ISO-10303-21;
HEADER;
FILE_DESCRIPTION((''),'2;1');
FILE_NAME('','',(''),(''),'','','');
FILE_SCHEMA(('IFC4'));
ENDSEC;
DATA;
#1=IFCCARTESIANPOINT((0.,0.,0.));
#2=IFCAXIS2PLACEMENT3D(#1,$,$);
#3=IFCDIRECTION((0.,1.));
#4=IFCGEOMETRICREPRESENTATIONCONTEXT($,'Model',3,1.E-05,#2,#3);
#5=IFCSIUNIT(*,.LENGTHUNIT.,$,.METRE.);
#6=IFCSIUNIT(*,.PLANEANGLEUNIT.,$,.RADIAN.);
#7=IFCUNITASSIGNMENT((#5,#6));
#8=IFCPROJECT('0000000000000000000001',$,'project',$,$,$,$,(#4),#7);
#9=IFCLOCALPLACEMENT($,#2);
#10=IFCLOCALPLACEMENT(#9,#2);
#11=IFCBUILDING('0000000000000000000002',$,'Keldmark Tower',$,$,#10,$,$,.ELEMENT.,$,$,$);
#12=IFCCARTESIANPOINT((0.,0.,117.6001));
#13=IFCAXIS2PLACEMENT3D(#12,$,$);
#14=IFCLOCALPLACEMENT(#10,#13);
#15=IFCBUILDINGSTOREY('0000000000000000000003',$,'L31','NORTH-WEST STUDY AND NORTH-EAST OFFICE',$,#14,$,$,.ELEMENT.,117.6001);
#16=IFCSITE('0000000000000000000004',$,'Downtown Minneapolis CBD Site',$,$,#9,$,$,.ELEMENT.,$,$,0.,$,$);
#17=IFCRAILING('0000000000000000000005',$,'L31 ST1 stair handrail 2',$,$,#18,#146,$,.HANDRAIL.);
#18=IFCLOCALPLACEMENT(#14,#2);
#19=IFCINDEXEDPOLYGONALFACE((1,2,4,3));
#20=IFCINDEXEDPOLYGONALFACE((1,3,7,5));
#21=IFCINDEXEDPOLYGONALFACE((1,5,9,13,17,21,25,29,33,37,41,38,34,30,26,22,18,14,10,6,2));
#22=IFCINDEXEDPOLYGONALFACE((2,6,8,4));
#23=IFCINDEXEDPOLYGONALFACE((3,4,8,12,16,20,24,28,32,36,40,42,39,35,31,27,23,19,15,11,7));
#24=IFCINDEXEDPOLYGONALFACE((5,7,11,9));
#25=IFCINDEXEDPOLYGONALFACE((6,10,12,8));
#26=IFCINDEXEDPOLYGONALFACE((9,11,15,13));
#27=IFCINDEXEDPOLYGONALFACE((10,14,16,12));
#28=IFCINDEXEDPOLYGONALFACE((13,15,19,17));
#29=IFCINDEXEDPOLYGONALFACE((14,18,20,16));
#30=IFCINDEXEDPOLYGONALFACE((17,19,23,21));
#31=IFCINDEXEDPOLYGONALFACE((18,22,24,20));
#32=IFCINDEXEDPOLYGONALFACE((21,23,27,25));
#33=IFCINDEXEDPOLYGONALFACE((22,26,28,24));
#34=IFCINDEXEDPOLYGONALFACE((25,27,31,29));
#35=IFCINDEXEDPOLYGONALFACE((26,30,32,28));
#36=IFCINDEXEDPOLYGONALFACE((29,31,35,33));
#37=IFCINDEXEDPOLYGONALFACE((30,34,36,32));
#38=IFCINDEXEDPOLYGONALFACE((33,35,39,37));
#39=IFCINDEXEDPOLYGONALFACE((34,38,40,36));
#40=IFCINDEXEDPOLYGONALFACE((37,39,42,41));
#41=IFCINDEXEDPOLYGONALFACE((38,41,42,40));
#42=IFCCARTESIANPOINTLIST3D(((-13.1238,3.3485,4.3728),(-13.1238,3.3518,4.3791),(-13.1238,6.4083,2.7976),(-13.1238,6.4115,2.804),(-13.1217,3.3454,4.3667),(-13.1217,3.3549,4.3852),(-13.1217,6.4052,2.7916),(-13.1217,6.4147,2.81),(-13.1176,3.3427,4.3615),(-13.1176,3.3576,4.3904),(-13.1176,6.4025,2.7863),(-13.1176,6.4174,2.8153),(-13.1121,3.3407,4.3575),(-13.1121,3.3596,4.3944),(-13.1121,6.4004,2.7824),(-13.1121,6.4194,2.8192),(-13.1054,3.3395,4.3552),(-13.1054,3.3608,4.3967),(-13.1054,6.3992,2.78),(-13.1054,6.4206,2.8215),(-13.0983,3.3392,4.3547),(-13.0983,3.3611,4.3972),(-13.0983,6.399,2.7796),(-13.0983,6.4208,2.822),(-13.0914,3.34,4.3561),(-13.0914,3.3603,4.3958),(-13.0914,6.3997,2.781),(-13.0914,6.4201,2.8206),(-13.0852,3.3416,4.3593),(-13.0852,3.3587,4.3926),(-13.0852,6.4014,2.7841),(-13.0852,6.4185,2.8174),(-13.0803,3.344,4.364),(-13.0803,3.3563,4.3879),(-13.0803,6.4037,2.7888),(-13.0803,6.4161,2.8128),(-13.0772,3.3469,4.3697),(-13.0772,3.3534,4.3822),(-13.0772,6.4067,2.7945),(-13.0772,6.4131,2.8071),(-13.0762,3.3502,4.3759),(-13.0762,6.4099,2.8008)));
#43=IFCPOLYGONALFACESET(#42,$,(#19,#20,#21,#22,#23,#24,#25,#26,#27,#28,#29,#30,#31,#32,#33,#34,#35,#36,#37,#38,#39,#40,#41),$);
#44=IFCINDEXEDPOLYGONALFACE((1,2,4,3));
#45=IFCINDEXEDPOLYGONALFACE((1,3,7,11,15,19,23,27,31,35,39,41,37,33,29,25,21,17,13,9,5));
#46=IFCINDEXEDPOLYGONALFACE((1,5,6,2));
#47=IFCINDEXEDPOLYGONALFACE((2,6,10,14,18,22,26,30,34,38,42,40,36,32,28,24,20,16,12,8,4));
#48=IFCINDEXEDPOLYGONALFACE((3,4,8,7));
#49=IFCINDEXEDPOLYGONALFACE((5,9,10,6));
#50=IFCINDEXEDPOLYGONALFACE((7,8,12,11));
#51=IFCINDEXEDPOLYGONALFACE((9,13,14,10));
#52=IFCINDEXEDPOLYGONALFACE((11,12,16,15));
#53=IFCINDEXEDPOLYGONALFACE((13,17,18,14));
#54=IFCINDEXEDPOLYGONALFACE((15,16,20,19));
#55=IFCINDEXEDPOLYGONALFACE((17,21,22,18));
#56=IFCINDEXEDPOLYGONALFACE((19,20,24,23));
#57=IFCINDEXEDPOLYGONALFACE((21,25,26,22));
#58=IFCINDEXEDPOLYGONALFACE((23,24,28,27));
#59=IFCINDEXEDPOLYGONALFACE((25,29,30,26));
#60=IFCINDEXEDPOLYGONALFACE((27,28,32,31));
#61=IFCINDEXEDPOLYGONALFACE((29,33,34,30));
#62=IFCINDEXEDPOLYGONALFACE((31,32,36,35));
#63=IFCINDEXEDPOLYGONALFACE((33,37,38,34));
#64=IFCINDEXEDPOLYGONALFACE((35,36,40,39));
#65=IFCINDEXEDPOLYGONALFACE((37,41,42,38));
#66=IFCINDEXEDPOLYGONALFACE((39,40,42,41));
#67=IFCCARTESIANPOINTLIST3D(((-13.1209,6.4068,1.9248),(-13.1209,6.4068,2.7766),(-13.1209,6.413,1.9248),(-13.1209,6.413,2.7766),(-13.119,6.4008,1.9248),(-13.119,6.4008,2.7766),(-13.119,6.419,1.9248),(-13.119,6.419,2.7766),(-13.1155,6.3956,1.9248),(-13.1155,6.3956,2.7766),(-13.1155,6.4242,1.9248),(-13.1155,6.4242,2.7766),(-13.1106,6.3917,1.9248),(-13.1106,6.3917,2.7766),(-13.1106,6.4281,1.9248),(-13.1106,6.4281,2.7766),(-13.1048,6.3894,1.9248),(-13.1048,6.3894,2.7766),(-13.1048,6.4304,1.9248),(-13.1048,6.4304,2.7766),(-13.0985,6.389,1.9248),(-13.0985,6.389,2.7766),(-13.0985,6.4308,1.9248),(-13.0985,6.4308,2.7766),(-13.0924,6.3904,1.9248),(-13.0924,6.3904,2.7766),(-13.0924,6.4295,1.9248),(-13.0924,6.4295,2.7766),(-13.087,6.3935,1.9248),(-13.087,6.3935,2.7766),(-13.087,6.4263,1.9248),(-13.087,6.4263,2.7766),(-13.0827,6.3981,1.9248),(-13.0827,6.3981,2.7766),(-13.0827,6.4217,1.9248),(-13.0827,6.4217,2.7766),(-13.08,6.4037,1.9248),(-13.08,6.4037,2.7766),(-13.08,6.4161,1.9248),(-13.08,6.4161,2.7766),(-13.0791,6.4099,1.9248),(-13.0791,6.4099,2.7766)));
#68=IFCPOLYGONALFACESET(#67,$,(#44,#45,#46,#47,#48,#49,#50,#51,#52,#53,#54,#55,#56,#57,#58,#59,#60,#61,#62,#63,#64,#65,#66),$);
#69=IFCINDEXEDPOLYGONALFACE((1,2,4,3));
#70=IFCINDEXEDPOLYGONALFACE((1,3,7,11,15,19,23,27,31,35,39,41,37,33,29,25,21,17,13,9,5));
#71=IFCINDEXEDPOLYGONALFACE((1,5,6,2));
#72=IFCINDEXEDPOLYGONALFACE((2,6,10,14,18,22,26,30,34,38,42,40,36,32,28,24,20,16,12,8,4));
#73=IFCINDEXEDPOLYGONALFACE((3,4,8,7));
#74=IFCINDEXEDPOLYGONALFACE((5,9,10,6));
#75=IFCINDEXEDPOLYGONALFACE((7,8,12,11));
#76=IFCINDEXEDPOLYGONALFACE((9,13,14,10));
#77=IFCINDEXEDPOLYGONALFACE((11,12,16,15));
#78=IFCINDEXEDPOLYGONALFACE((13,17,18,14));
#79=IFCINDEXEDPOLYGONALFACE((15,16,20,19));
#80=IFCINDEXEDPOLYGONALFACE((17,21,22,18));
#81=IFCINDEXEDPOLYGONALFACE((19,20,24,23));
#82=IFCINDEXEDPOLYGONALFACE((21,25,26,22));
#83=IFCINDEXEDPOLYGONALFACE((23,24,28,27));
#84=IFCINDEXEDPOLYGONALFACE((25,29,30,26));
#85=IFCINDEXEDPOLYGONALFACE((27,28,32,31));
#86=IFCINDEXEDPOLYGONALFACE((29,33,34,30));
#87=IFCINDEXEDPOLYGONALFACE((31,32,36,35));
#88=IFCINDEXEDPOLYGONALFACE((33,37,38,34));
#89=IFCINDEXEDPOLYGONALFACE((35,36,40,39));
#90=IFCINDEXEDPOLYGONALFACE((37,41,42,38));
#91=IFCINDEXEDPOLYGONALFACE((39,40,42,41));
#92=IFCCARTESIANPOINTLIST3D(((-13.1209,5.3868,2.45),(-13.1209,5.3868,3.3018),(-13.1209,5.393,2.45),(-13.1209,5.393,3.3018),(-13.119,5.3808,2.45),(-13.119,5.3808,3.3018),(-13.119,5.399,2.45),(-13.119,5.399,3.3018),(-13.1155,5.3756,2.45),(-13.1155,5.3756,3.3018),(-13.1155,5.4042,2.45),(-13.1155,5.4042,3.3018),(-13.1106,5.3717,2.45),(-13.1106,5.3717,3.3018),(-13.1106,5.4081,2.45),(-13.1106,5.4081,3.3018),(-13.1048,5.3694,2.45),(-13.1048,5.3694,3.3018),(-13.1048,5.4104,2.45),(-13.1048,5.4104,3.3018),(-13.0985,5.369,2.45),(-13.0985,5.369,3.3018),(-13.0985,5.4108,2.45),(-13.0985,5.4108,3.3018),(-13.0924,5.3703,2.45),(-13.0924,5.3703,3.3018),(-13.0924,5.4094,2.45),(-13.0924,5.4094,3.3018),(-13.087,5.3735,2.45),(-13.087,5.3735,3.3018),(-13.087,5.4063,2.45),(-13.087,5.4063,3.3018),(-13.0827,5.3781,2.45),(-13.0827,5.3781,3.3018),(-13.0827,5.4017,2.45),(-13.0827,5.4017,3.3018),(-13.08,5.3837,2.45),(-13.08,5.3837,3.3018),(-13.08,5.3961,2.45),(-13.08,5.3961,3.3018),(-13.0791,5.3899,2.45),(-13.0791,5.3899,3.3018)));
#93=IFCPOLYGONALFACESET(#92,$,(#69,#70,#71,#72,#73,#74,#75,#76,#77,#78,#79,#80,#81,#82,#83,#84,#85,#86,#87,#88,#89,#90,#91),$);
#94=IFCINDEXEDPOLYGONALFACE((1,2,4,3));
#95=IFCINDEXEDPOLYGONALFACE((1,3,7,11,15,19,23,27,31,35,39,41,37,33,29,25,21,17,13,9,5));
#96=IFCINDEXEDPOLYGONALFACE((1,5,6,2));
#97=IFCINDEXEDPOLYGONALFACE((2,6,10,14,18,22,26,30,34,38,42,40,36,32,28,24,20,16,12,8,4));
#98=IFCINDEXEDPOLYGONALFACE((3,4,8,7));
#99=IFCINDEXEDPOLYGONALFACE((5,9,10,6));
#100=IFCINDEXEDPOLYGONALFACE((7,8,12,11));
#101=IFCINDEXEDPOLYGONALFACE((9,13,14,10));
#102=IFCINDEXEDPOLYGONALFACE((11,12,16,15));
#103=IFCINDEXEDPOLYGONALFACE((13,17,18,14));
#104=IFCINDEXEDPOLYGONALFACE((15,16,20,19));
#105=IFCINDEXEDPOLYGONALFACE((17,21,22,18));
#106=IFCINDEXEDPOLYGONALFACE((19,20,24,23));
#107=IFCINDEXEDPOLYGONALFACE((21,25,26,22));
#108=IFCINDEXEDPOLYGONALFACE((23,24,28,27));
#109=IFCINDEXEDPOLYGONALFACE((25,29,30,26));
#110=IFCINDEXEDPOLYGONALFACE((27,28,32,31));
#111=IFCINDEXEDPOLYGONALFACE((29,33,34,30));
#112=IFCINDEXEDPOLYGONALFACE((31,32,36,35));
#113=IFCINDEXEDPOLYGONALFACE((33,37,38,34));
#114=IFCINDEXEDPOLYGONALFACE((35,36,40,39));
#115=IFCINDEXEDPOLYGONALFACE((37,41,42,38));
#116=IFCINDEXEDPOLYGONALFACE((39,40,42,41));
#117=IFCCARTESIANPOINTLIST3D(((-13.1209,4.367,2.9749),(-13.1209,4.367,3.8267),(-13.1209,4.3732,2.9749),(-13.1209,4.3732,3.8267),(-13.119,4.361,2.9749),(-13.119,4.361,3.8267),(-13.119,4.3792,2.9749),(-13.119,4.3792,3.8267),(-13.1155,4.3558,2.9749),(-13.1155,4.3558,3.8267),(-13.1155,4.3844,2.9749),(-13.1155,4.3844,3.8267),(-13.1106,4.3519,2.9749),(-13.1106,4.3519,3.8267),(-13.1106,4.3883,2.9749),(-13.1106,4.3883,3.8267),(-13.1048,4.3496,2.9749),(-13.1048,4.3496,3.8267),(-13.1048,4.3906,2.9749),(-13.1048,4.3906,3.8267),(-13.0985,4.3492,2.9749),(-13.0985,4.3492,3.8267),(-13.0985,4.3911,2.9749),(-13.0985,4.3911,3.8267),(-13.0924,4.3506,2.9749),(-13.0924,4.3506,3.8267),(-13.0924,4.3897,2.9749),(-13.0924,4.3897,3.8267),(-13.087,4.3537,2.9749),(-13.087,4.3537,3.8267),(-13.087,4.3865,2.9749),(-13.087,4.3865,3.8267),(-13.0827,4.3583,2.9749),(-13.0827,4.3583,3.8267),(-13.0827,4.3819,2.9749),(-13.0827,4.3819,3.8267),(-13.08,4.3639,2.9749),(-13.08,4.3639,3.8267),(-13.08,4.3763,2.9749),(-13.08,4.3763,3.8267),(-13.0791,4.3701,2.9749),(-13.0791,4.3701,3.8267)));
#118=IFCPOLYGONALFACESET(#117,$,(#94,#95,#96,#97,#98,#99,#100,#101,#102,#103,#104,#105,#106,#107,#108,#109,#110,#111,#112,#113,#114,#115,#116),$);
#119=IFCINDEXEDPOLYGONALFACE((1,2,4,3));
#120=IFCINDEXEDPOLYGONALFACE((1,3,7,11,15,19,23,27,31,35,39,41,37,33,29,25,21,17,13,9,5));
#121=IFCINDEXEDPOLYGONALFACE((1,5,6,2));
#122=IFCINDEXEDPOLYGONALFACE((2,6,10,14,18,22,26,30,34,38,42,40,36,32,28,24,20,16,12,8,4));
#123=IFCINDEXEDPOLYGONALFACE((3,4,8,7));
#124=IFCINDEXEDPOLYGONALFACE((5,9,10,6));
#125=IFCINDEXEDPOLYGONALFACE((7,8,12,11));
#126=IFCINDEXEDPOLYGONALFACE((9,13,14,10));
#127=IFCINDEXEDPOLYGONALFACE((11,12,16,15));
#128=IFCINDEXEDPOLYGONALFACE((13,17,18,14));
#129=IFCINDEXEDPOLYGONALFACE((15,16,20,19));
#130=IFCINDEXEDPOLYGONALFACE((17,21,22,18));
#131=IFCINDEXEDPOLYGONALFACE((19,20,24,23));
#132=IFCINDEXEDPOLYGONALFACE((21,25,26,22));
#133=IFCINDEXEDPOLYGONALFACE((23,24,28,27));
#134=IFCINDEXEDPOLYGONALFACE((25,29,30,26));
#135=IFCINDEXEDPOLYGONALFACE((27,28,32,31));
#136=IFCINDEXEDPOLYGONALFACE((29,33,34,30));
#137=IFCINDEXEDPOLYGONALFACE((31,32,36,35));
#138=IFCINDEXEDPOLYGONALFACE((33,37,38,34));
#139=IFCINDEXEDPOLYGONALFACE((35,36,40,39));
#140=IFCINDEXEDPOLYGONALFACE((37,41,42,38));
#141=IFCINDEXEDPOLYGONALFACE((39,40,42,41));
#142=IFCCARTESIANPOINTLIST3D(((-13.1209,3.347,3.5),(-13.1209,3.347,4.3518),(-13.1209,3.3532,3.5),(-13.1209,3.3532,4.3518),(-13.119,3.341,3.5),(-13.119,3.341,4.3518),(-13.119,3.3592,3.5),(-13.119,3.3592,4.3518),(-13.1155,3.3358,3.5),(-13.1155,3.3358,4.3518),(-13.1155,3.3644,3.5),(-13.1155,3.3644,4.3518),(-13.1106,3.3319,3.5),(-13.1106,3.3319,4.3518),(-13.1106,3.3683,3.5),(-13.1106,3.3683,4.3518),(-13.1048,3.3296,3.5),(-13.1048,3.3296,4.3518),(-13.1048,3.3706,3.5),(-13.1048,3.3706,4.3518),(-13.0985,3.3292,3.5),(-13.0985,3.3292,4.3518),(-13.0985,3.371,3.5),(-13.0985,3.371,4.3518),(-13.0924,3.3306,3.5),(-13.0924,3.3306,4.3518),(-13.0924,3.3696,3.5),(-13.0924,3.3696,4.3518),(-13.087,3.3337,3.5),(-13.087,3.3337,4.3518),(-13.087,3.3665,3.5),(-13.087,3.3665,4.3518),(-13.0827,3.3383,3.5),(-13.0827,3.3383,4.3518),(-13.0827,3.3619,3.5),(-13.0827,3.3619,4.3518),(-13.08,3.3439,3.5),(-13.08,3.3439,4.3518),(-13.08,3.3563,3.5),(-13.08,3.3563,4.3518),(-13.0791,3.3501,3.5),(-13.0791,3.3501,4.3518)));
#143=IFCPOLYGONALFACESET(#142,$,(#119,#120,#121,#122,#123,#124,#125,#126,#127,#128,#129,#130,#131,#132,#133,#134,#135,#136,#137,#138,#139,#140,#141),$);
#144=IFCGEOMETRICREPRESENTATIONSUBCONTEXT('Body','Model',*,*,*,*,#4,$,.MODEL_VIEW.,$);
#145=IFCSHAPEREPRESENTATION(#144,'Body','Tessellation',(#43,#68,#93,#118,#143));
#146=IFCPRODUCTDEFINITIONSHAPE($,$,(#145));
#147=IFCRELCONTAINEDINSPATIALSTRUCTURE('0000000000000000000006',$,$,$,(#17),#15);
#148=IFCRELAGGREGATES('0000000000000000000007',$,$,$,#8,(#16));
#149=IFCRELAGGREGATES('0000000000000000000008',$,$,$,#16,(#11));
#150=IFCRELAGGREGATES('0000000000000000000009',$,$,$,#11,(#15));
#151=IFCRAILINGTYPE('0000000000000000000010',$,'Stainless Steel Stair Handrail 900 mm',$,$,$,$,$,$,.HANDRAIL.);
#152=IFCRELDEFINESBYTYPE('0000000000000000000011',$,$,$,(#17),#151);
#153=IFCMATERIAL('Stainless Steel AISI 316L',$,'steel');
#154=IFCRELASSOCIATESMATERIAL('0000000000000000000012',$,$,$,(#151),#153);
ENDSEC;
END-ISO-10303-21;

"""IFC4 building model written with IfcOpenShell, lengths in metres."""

from ifc_helpers import new_model, si_unit, direction, frame, origin, origin_2d, place, context, subcontext, project, spatial, circle, extrude, material, type_object, element, save


model = new_model("IFC4")

# Units and contexts
model_context = context("Model", 3, precision=1e-05, world=origin(), true_north=direction((0.0, 1.0)))
body_context = subcontext(model_context, "Body", "Model", "MODEL_VIEW")
ifc_project = project(units=[si_unit("LENGTHUNIT", "METRE"), si_unit("PLANEANGLEUNIT", "RADIAN")], contexts=[model_context])

# Site, building, storey
site_placement = place(None, origin())
site = spatial("IfcSite", under=ifc_project, at=site_placement, Name="Downtown Minneapolis CBD Site", CompositionType="ELEMENT", RefElevation=0.0)
building_placement = place(site_placement, origin())
building = spatial("IfcBuilding", under=site, at=building_placement, Name="Keldmark Tower", CompositionType="ELEMENT")
storey_placement = place(building_placement, frame((0.0, 0.0, 117.6001)))
storey = spatial("IfcBuildingStorey", under=building, at=storey_placement, Name="L31", Description="NORTH-WEST STUDY AND NORTH-EAST OFFICE", CompositionType="ELEMENT", Elevation=117.6001)

# Railing
ifc_material_1 = material(Name="Stainless Steel AISI 316L", Category="steel")
railing_type_1 = type_object("IfcRailingType", Name="Stainless Steel Stair Handrail 900 mm", PredefinedType="HANDRAIL", material=ifc_material_1)
railing_1_placement = place(storey_placement, frame((-13.1001, 6.4099, 1.9248)))
element("IfcRailing", 1, at=railing_1_placement, inside=storey, type_object=railing_type_1, Name="L31 ST1 stair handrail 2", PredefinedType="HANDRAIL", context=body_context, shape_type="SweptSolid", body=[
    extrude(circle(Radius=0.0239, at=origin_2d()), frame((0.0, 0.0, 0.876), z_axis=(0.0, -0.889101, 0.45771), x_axis=(1.0, 0.0, 0.0)), (0.0, 0.0, 1.0), 3.4414),
    extrude(circle(Radius=0.021, at=origin_2d()), origin(), (0.0, 0.0, 1.0), 0.8518),
    extrude(circle(Radius=0.021, at=origin_2d()), frame((0.0, -1.02, 0.5251)), (0.0, 0.0, 1.0), 0.8518),
    extrude(circle(Radius=0.021, at=origin_2d()), frame((0.0, -2.0398, 1.05)), (0.0, 0.0, 1.0), 0.8518),
    extrude(circle(Radius=0.021, at=origin_2d()), frame((0.0, -3.0598, 1.5752)), (0.0, 0.0, 1.0), 0.8518),
])

save(model, "model.ifc")
